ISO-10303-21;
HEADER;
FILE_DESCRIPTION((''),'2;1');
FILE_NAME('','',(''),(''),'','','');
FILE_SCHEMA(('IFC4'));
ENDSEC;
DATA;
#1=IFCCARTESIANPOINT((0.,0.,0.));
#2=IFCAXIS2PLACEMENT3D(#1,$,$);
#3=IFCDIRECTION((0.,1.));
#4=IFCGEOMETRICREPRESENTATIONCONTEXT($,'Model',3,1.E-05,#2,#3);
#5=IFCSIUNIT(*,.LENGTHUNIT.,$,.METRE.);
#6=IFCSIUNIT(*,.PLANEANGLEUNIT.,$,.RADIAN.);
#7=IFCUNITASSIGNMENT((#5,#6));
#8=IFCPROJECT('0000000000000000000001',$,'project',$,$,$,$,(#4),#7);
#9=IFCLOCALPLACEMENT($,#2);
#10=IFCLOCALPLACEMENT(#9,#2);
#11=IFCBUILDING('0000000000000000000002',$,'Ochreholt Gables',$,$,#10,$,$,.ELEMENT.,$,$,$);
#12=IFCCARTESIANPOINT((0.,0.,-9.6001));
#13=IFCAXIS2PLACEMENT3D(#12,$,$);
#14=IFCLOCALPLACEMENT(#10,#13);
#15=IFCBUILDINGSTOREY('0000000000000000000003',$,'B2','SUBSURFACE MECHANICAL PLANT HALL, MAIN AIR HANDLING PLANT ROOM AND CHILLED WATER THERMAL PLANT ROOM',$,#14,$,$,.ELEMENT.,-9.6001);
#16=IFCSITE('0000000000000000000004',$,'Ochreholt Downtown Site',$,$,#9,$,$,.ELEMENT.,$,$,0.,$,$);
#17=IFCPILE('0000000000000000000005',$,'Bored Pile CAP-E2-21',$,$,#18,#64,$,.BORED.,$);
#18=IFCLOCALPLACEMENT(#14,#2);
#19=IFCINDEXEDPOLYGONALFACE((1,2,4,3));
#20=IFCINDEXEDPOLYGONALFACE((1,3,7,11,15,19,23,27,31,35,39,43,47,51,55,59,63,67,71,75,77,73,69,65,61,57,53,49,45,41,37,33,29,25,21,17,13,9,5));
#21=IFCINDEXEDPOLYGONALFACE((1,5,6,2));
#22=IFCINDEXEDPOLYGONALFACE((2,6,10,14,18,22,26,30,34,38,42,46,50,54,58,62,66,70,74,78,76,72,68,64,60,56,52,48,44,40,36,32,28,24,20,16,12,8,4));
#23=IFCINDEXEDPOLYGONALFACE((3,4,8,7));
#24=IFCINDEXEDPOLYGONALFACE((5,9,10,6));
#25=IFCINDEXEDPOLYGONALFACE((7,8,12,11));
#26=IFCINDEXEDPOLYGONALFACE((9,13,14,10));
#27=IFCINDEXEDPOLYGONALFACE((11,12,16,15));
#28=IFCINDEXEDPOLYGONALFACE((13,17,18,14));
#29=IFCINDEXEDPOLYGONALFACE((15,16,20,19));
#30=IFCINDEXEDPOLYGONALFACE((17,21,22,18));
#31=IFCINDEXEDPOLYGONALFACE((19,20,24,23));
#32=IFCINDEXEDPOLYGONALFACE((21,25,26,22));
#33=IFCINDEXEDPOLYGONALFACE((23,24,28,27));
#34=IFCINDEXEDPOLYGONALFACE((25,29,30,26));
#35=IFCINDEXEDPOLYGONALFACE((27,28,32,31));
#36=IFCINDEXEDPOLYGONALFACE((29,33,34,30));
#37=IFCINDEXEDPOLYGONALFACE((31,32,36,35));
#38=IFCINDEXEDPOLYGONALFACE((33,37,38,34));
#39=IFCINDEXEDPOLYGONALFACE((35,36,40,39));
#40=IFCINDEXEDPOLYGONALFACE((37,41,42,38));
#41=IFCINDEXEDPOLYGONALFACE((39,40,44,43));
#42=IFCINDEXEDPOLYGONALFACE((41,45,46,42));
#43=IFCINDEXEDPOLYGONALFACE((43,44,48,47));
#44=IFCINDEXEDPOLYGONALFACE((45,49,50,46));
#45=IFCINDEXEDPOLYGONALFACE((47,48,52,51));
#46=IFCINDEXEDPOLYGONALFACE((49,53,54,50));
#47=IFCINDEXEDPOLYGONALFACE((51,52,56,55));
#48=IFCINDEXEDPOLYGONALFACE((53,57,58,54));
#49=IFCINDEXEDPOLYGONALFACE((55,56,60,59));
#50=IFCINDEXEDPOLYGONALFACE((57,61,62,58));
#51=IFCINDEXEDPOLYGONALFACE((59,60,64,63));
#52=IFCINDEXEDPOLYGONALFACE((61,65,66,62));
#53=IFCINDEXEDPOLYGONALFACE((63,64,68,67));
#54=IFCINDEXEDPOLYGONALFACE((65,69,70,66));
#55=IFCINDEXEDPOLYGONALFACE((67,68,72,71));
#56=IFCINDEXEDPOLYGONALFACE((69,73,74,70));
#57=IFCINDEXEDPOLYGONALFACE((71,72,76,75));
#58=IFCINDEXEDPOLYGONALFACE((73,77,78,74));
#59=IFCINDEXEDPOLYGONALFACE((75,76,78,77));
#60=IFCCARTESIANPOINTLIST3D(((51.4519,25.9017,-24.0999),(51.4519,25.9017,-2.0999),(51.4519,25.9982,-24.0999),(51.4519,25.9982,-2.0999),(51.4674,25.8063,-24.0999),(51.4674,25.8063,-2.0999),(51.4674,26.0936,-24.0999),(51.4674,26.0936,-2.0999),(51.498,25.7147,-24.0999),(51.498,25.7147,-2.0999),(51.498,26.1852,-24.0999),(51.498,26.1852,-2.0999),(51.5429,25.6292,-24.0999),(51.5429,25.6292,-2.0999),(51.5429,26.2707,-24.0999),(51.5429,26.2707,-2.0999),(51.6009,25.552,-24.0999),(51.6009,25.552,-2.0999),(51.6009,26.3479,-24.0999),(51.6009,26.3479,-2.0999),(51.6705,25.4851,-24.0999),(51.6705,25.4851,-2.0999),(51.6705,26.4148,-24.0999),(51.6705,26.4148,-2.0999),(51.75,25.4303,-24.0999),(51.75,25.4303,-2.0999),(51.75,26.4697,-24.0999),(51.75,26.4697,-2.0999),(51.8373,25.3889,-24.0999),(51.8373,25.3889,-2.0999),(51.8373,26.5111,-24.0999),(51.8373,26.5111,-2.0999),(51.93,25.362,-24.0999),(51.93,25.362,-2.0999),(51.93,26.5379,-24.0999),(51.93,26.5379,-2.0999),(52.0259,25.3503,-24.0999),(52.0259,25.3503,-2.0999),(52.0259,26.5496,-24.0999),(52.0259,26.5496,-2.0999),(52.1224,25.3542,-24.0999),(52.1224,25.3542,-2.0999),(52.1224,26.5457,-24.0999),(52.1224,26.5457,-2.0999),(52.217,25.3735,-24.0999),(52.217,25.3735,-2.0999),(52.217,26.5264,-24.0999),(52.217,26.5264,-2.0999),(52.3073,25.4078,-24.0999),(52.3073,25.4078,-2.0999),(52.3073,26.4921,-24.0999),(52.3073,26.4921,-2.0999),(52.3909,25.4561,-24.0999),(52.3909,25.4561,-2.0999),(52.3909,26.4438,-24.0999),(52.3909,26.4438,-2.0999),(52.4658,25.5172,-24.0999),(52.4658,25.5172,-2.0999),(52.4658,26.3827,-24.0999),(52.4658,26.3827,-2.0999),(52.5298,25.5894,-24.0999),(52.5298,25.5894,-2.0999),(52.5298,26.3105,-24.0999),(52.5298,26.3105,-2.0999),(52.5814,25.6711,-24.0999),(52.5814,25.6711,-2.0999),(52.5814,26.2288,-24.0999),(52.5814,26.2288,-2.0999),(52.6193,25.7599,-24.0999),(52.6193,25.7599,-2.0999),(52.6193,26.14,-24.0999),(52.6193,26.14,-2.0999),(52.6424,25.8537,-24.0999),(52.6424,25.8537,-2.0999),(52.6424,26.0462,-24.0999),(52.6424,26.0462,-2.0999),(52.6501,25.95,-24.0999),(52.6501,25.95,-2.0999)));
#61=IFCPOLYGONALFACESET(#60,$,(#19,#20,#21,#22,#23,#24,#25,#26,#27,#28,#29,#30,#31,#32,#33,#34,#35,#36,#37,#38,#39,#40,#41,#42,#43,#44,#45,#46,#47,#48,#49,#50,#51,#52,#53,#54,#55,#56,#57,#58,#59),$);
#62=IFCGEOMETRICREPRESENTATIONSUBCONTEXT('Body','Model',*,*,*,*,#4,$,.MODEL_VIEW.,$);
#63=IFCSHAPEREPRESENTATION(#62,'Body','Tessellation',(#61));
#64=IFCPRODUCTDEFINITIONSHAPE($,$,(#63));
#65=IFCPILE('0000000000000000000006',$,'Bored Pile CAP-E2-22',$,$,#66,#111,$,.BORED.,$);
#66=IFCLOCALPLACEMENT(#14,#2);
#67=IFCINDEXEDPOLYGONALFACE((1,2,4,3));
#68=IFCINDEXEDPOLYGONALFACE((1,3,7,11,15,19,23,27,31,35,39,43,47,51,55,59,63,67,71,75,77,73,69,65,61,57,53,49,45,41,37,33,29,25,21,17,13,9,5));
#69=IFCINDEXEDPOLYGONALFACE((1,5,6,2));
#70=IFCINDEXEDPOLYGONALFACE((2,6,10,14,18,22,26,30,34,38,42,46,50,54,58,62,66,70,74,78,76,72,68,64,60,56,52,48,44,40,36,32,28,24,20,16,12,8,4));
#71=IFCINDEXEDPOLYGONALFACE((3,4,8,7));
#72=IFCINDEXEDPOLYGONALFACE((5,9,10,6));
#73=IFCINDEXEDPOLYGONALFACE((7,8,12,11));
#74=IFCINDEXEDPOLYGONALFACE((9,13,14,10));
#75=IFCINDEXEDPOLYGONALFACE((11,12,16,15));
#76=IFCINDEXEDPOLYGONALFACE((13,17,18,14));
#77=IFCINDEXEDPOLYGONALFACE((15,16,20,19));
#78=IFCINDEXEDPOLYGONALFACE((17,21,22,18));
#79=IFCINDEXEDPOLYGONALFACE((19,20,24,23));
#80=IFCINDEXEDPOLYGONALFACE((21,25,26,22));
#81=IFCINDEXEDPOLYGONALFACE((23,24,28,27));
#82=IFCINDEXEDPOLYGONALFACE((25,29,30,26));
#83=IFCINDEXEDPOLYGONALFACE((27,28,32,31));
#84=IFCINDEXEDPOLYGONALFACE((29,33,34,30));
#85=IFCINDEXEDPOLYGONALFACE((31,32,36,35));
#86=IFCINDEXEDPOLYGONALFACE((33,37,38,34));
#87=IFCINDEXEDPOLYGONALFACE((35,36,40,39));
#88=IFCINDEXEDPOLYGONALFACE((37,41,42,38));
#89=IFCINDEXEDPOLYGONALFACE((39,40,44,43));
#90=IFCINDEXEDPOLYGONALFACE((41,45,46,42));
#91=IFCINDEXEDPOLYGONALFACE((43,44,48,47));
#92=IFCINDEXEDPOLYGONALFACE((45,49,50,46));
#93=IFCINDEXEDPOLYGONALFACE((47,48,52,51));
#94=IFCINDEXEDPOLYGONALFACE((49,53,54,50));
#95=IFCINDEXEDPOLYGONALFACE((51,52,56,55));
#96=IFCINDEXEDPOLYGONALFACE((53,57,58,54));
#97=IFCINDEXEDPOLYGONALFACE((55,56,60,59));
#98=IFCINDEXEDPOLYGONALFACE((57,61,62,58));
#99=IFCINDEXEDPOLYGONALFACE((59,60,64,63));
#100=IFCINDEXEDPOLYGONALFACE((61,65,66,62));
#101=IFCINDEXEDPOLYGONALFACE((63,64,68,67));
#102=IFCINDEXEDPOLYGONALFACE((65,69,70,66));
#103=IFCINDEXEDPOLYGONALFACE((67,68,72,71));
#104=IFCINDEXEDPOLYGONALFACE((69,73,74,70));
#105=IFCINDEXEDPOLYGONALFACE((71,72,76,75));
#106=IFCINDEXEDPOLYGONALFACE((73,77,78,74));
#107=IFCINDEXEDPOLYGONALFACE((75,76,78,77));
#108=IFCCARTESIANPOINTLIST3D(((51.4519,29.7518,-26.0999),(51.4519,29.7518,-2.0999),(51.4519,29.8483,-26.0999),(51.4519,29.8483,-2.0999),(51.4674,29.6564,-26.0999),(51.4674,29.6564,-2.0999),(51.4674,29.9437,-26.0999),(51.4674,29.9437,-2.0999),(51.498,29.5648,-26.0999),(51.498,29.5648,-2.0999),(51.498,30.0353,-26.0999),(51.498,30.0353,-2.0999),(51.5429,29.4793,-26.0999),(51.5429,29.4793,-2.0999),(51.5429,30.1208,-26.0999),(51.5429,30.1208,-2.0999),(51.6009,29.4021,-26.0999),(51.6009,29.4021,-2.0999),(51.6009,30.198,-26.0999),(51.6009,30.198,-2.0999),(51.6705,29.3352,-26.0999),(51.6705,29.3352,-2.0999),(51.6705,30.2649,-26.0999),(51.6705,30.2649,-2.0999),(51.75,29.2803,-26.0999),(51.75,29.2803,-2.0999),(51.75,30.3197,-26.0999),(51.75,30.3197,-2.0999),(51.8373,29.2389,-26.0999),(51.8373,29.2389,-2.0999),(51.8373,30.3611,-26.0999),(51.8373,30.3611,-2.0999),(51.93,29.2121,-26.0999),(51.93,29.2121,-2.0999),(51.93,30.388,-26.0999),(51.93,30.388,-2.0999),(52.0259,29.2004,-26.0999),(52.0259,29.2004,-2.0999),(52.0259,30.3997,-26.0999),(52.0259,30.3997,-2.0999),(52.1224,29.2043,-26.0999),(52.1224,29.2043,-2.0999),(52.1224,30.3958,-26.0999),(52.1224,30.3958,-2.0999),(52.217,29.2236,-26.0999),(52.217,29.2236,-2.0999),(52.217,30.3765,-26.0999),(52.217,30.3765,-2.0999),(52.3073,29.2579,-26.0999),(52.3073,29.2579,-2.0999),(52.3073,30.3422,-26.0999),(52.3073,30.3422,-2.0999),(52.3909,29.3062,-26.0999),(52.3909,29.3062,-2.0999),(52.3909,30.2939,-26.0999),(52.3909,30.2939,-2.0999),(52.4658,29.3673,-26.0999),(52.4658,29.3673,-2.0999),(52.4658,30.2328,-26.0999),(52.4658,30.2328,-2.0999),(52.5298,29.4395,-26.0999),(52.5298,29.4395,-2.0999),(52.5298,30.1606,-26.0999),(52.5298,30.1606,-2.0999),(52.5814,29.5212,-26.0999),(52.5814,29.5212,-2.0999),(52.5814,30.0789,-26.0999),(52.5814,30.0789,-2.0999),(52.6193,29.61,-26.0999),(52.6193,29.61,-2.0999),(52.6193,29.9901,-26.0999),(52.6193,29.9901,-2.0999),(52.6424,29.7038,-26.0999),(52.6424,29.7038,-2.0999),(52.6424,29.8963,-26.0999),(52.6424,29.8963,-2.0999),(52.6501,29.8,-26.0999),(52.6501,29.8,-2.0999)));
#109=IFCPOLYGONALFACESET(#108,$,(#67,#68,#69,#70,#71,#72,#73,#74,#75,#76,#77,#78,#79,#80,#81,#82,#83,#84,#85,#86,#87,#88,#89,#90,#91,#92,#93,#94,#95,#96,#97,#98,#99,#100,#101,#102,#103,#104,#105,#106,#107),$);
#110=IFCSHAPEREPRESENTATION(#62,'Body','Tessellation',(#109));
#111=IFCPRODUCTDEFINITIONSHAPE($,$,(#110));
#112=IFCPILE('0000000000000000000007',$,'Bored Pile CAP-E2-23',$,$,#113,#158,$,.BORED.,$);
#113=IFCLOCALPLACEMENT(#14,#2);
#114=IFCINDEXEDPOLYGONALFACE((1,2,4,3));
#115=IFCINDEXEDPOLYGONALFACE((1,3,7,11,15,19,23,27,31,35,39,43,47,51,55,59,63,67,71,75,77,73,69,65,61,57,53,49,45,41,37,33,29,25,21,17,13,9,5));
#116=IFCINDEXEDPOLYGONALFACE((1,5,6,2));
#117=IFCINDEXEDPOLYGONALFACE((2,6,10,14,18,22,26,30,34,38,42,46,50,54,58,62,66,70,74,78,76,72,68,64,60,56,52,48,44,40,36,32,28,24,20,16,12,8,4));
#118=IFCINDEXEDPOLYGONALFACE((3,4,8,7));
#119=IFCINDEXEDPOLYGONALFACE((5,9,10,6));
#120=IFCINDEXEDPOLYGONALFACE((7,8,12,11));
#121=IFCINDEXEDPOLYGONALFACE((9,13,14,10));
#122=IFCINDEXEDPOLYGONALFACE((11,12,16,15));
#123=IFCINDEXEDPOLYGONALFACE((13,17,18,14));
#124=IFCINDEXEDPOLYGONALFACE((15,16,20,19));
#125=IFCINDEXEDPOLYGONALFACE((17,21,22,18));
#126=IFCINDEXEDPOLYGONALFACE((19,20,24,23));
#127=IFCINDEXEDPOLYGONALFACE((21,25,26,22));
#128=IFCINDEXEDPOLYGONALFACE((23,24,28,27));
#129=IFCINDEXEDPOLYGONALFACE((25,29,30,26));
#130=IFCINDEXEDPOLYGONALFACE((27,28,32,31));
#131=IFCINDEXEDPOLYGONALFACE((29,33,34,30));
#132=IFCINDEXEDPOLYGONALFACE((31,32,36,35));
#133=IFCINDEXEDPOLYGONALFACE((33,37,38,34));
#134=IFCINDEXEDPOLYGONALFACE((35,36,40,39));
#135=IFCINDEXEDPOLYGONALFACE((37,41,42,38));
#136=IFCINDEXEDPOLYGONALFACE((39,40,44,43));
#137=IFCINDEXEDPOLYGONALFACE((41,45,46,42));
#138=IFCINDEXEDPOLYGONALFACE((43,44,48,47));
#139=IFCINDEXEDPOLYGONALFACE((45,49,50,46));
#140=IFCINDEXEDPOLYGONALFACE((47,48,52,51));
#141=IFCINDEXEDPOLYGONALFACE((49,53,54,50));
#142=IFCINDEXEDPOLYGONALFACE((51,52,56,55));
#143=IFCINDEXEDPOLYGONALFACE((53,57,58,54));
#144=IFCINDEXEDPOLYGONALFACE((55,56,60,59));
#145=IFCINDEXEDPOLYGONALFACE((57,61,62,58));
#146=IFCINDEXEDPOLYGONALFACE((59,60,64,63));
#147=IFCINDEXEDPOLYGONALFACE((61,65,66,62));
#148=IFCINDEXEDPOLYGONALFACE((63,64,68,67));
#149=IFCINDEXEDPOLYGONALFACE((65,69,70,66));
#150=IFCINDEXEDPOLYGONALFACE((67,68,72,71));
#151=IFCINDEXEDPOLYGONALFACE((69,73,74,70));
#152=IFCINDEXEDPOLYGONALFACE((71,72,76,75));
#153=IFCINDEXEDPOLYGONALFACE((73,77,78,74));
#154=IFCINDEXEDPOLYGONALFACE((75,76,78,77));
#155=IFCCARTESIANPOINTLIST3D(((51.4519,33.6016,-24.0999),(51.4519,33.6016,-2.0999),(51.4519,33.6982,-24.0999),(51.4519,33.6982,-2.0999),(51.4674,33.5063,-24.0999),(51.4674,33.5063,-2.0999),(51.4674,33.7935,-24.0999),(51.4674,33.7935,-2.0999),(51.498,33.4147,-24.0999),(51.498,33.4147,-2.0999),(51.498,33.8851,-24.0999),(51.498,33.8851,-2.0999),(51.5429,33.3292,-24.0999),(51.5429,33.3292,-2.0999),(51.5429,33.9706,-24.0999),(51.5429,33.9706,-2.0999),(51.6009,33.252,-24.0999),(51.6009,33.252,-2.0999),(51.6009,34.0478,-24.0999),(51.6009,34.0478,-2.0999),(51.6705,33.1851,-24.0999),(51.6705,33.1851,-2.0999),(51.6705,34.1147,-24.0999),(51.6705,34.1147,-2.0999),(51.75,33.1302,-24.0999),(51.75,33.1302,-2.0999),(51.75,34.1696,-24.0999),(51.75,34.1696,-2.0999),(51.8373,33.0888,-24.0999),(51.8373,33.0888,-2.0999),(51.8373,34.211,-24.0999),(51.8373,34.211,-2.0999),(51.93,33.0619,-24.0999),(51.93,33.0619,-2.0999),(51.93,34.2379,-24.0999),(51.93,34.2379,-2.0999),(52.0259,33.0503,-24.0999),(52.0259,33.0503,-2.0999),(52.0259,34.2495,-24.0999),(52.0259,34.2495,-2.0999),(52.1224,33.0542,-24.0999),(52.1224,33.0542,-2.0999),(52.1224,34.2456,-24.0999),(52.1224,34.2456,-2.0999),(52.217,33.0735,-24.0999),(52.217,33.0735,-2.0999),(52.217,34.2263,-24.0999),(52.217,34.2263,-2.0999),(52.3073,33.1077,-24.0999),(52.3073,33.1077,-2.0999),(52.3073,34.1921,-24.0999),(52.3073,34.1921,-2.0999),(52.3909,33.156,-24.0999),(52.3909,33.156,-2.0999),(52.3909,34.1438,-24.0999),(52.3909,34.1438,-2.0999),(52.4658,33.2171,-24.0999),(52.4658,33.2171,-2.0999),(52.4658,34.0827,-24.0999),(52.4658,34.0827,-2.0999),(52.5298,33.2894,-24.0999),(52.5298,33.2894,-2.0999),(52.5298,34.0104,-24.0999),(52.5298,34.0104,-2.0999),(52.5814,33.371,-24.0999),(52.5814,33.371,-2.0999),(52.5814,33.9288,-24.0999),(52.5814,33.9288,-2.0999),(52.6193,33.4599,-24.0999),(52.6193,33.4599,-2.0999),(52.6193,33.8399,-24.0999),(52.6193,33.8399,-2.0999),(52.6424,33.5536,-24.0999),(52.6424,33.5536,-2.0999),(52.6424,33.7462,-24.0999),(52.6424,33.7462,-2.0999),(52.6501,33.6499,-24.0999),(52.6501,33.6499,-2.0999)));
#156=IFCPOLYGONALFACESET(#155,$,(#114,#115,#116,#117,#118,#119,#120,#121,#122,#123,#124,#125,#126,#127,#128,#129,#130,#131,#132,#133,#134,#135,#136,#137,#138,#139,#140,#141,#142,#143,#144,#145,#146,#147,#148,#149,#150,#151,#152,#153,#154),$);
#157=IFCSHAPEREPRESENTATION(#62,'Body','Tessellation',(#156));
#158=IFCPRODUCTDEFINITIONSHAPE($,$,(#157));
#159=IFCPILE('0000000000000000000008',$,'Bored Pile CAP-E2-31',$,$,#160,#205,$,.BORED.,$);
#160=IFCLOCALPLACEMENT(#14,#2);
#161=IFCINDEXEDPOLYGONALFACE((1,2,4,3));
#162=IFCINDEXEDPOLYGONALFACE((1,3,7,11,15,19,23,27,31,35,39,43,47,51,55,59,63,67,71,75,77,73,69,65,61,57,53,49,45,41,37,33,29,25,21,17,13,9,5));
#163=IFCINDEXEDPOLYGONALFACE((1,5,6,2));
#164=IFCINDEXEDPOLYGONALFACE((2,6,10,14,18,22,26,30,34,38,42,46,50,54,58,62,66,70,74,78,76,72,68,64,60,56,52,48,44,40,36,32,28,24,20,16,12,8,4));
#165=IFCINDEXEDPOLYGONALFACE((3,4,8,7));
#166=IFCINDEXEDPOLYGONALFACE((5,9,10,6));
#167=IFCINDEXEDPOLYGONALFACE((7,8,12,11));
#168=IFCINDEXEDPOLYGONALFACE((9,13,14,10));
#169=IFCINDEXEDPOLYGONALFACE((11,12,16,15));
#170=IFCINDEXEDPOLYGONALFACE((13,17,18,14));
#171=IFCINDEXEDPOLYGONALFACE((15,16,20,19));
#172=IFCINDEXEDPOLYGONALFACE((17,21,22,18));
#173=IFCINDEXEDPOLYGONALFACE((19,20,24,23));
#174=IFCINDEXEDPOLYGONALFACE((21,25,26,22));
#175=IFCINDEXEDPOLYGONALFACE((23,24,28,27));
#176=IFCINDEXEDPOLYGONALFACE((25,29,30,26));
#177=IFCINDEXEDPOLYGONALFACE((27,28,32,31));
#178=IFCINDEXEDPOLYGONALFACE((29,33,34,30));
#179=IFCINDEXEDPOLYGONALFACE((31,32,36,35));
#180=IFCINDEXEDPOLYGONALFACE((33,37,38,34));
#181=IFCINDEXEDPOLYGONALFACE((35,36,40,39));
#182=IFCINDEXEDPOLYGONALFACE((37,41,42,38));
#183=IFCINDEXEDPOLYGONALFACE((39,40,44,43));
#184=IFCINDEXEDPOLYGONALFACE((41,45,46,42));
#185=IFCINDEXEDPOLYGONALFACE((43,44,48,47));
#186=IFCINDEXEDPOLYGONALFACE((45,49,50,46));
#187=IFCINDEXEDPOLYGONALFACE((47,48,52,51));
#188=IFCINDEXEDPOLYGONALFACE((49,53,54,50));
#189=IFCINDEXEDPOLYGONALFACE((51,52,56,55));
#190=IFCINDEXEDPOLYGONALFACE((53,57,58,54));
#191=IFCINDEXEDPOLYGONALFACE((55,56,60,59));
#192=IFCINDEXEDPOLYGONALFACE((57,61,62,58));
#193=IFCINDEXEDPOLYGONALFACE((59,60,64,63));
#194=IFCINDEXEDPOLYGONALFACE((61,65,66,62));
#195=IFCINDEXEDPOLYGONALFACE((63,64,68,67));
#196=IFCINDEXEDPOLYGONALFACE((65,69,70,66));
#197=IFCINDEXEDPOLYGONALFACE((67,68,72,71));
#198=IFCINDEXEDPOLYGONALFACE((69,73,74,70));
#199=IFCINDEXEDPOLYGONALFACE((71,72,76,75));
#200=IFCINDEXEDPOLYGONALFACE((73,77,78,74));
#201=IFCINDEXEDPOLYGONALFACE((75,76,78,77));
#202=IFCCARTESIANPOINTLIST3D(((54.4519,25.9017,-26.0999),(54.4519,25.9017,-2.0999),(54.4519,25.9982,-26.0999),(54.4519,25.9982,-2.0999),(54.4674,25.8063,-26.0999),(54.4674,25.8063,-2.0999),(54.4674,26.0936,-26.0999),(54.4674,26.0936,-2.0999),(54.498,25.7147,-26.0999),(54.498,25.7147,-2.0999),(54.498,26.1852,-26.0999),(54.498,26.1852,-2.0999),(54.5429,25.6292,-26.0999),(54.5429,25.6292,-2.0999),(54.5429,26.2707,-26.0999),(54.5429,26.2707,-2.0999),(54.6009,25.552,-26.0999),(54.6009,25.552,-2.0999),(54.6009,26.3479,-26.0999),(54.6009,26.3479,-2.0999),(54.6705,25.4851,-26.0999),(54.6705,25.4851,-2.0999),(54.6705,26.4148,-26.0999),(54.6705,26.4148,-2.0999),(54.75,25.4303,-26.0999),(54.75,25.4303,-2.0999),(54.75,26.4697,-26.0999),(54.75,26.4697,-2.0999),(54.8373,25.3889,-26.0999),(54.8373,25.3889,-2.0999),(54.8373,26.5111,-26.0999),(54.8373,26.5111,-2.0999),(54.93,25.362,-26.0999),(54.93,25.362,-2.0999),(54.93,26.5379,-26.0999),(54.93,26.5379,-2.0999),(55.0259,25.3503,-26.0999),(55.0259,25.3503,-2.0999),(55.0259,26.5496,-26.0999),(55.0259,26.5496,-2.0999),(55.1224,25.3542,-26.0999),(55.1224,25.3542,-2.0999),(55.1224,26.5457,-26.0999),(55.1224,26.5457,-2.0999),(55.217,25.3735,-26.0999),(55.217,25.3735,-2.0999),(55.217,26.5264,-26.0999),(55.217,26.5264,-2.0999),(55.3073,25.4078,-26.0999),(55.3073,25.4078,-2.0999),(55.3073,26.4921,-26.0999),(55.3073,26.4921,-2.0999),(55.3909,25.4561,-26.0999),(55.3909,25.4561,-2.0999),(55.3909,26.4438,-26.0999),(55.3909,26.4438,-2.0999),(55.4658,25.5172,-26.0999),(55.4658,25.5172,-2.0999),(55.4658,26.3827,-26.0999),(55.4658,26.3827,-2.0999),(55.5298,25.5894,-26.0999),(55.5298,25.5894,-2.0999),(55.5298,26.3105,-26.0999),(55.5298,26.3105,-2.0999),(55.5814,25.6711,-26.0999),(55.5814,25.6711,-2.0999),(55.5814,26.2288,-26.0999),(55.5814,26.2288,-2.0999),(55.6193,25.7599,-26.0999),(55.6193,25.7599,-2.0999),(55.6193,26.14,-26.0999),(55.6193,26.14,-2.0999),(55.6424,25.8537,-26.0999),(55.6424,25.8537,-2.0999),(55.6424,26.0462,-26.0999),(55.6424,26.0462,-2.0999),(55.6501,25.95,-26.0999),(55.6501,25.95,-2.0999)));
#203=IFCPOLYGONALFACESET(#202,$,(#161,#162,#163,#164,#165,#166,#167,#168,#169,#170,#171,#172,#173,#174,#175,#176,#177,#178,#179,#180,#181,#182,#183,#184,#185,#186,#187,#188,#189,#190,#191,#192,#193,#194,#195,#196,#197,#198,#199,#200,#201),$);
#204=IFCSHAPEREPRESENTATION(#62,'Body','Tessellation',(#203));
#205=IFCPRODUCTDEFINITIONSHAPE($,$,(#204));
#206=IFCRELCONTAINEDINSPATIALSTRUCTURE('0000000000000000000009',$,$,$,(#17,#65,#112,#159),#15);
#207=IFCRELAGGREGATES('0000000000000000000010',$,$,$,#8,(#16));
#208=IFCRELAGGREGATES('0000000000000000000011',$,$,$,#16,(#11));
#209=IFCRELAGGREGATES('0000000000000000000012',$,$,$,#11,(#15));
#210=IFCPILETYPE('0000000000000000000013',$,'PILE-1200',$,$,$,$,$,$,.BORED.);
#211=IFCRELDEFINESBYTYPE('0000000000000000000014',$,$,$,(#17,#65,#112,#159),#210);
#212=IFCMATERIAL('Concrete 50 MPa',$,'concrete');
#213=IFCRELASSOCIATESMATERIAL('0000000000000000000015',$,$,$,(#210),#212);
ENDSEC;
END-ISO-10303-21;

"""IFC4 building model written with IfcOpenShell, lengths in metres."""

from ifc_helpers import new_model, si_unit, direction, frame, origin, origin_2d, place, context, subcontext, project, spatial, circle, extrude, material, material_profile, profile_set, type_object, element, save


model = new_model("IFC4")

# Units and contexts
model_context = context("Model", 3, precision=1e-05, world=origin(), true_north=direction((0.0, 1.0)))
body_context = subcontext(model_context, "Body", "Model", "MODEL_VIEW")
ifc_project = project(units=[si_unit("LENGTHUNIT", "METRE"), si_unit("PLANEANGLEUNIT", "RADIAN")], contexts=[model_context])

# Site, building, storey
site_placement = place(None, origin())
site = spatial("IfcSite", under=ifc_project, at=site_placement, Name="Ochreholt Downtown Site", CompositionType="ELEMENT", RefElevation=0.0)
building_placement = place(site_placement, origin())
building = spatial("IfcBuilding", under=site, at=building_placement, Name="Ochreholt Gables", CompositionType="ELEMENT")
storey_placement = place(building_placement, frame((0.0, 0.0, -9.6001)))
storey = spatial("IfcBuildingStorey", under=building, at=storey_placement, Name="B2", Description="SUBSURFACE MECHANICAL PLANT HALL, MAIN AIR HANDLING PLANT ROOM AND CHILLED WATER THERMAL PLANT ROOM", CompositionType="ELEMENT", Elevation=-9.6001)

# Shared definitions
ifc_material_1 = material(Name="Concrete 50 MPa", Category="concrete")

# Piles
ifc_material_profile_1 = material_profile(ifc_material_1, circle(Radius=0.6001, at=origin_2d()), Name="PILE1200")
ifc_profile_set_1 = profile_set([ifc_material_profile_1], Name="Concrete 50 MPa")
pile_type = type_object("IfcPileType", Name="PILE-1200", PredefinedType="BORED", material=ifc_profile_set_1)
pile_1_placement = place(storey_placement, frame((52.05, 25.95, -2.0999), z_axis=(0.0, 0.0, -1.0), x_axis=(1.0, 0.0, 0.0)))
element("IfcPile", 1, at=pile_1_placement, inside=storey, type_object=pile_type, Name="Bored Pile CAP-E2-21", PredefinedType="BORED", context=body_context, shape_type="SweptSolid", body=[
    extrude(circle(Radius=0.6001, at=origin_2d()), origin(), (0.0, 0.0, 1.0), 22.0),
])
pile_2_placement = place(storey_placement, frame((52.05, 29.8, -2.0999), z_axis=(0.0, 0.0, -1.0), x_axis=(1.0, 0.0, 0.0)))
element("IfcPile", 2, at=pile_2_placement, inside=storey, type_object=pile_type, Name="Bored Pile CAP-E2-22", PredefinedType="BORED", context=body_context, shape_type="SweptSolid", body=[
    extrude(circle(Radius=0.6001, at=origin_2d()), origin(), (0.0, 0.0, 1.0), 24.0),
])
pile_3_placement = place(storey_placement, frame((52.05, 33.6499, -2.0999), z_axis=(0.0, 0.0, -1.0), x_axis=(1.0, 0.0, 0.0)))
element("IfcPile", 3, at=pile_3_placement, inside=storey, type_object=pile_type, Name="Bored Pile CAP-E2-23", PredefinedType="BORED", context=body_context, shape_type="SweptSolid", body=[
    extrude(circle(Radius=0.6001, at=origin_2d()), origin(), (0.0, 0.0, 1.0), 22.0),
])
pile_4_placement = place(storey_placement, frame((55.05, 25.95, -2.0999), z_axis=(0.0, 0.0, -1.0), x_axis=(1.0, 0.0, 0.0)))
element("IfcPile", 4, at=pile_4_placement, inside=storey, type_object=pile_type, Name="Bored Pile CAP-E2-31", PredefinedType="BORED", context=body_context, shape_type="SweptSolid", body=[
    extrude(circle(Radius=0.6001, at=origin_2d()), origin(), (0.0, 0.0, 1.0), 24.0),
])

save(model, "model.ifc")
